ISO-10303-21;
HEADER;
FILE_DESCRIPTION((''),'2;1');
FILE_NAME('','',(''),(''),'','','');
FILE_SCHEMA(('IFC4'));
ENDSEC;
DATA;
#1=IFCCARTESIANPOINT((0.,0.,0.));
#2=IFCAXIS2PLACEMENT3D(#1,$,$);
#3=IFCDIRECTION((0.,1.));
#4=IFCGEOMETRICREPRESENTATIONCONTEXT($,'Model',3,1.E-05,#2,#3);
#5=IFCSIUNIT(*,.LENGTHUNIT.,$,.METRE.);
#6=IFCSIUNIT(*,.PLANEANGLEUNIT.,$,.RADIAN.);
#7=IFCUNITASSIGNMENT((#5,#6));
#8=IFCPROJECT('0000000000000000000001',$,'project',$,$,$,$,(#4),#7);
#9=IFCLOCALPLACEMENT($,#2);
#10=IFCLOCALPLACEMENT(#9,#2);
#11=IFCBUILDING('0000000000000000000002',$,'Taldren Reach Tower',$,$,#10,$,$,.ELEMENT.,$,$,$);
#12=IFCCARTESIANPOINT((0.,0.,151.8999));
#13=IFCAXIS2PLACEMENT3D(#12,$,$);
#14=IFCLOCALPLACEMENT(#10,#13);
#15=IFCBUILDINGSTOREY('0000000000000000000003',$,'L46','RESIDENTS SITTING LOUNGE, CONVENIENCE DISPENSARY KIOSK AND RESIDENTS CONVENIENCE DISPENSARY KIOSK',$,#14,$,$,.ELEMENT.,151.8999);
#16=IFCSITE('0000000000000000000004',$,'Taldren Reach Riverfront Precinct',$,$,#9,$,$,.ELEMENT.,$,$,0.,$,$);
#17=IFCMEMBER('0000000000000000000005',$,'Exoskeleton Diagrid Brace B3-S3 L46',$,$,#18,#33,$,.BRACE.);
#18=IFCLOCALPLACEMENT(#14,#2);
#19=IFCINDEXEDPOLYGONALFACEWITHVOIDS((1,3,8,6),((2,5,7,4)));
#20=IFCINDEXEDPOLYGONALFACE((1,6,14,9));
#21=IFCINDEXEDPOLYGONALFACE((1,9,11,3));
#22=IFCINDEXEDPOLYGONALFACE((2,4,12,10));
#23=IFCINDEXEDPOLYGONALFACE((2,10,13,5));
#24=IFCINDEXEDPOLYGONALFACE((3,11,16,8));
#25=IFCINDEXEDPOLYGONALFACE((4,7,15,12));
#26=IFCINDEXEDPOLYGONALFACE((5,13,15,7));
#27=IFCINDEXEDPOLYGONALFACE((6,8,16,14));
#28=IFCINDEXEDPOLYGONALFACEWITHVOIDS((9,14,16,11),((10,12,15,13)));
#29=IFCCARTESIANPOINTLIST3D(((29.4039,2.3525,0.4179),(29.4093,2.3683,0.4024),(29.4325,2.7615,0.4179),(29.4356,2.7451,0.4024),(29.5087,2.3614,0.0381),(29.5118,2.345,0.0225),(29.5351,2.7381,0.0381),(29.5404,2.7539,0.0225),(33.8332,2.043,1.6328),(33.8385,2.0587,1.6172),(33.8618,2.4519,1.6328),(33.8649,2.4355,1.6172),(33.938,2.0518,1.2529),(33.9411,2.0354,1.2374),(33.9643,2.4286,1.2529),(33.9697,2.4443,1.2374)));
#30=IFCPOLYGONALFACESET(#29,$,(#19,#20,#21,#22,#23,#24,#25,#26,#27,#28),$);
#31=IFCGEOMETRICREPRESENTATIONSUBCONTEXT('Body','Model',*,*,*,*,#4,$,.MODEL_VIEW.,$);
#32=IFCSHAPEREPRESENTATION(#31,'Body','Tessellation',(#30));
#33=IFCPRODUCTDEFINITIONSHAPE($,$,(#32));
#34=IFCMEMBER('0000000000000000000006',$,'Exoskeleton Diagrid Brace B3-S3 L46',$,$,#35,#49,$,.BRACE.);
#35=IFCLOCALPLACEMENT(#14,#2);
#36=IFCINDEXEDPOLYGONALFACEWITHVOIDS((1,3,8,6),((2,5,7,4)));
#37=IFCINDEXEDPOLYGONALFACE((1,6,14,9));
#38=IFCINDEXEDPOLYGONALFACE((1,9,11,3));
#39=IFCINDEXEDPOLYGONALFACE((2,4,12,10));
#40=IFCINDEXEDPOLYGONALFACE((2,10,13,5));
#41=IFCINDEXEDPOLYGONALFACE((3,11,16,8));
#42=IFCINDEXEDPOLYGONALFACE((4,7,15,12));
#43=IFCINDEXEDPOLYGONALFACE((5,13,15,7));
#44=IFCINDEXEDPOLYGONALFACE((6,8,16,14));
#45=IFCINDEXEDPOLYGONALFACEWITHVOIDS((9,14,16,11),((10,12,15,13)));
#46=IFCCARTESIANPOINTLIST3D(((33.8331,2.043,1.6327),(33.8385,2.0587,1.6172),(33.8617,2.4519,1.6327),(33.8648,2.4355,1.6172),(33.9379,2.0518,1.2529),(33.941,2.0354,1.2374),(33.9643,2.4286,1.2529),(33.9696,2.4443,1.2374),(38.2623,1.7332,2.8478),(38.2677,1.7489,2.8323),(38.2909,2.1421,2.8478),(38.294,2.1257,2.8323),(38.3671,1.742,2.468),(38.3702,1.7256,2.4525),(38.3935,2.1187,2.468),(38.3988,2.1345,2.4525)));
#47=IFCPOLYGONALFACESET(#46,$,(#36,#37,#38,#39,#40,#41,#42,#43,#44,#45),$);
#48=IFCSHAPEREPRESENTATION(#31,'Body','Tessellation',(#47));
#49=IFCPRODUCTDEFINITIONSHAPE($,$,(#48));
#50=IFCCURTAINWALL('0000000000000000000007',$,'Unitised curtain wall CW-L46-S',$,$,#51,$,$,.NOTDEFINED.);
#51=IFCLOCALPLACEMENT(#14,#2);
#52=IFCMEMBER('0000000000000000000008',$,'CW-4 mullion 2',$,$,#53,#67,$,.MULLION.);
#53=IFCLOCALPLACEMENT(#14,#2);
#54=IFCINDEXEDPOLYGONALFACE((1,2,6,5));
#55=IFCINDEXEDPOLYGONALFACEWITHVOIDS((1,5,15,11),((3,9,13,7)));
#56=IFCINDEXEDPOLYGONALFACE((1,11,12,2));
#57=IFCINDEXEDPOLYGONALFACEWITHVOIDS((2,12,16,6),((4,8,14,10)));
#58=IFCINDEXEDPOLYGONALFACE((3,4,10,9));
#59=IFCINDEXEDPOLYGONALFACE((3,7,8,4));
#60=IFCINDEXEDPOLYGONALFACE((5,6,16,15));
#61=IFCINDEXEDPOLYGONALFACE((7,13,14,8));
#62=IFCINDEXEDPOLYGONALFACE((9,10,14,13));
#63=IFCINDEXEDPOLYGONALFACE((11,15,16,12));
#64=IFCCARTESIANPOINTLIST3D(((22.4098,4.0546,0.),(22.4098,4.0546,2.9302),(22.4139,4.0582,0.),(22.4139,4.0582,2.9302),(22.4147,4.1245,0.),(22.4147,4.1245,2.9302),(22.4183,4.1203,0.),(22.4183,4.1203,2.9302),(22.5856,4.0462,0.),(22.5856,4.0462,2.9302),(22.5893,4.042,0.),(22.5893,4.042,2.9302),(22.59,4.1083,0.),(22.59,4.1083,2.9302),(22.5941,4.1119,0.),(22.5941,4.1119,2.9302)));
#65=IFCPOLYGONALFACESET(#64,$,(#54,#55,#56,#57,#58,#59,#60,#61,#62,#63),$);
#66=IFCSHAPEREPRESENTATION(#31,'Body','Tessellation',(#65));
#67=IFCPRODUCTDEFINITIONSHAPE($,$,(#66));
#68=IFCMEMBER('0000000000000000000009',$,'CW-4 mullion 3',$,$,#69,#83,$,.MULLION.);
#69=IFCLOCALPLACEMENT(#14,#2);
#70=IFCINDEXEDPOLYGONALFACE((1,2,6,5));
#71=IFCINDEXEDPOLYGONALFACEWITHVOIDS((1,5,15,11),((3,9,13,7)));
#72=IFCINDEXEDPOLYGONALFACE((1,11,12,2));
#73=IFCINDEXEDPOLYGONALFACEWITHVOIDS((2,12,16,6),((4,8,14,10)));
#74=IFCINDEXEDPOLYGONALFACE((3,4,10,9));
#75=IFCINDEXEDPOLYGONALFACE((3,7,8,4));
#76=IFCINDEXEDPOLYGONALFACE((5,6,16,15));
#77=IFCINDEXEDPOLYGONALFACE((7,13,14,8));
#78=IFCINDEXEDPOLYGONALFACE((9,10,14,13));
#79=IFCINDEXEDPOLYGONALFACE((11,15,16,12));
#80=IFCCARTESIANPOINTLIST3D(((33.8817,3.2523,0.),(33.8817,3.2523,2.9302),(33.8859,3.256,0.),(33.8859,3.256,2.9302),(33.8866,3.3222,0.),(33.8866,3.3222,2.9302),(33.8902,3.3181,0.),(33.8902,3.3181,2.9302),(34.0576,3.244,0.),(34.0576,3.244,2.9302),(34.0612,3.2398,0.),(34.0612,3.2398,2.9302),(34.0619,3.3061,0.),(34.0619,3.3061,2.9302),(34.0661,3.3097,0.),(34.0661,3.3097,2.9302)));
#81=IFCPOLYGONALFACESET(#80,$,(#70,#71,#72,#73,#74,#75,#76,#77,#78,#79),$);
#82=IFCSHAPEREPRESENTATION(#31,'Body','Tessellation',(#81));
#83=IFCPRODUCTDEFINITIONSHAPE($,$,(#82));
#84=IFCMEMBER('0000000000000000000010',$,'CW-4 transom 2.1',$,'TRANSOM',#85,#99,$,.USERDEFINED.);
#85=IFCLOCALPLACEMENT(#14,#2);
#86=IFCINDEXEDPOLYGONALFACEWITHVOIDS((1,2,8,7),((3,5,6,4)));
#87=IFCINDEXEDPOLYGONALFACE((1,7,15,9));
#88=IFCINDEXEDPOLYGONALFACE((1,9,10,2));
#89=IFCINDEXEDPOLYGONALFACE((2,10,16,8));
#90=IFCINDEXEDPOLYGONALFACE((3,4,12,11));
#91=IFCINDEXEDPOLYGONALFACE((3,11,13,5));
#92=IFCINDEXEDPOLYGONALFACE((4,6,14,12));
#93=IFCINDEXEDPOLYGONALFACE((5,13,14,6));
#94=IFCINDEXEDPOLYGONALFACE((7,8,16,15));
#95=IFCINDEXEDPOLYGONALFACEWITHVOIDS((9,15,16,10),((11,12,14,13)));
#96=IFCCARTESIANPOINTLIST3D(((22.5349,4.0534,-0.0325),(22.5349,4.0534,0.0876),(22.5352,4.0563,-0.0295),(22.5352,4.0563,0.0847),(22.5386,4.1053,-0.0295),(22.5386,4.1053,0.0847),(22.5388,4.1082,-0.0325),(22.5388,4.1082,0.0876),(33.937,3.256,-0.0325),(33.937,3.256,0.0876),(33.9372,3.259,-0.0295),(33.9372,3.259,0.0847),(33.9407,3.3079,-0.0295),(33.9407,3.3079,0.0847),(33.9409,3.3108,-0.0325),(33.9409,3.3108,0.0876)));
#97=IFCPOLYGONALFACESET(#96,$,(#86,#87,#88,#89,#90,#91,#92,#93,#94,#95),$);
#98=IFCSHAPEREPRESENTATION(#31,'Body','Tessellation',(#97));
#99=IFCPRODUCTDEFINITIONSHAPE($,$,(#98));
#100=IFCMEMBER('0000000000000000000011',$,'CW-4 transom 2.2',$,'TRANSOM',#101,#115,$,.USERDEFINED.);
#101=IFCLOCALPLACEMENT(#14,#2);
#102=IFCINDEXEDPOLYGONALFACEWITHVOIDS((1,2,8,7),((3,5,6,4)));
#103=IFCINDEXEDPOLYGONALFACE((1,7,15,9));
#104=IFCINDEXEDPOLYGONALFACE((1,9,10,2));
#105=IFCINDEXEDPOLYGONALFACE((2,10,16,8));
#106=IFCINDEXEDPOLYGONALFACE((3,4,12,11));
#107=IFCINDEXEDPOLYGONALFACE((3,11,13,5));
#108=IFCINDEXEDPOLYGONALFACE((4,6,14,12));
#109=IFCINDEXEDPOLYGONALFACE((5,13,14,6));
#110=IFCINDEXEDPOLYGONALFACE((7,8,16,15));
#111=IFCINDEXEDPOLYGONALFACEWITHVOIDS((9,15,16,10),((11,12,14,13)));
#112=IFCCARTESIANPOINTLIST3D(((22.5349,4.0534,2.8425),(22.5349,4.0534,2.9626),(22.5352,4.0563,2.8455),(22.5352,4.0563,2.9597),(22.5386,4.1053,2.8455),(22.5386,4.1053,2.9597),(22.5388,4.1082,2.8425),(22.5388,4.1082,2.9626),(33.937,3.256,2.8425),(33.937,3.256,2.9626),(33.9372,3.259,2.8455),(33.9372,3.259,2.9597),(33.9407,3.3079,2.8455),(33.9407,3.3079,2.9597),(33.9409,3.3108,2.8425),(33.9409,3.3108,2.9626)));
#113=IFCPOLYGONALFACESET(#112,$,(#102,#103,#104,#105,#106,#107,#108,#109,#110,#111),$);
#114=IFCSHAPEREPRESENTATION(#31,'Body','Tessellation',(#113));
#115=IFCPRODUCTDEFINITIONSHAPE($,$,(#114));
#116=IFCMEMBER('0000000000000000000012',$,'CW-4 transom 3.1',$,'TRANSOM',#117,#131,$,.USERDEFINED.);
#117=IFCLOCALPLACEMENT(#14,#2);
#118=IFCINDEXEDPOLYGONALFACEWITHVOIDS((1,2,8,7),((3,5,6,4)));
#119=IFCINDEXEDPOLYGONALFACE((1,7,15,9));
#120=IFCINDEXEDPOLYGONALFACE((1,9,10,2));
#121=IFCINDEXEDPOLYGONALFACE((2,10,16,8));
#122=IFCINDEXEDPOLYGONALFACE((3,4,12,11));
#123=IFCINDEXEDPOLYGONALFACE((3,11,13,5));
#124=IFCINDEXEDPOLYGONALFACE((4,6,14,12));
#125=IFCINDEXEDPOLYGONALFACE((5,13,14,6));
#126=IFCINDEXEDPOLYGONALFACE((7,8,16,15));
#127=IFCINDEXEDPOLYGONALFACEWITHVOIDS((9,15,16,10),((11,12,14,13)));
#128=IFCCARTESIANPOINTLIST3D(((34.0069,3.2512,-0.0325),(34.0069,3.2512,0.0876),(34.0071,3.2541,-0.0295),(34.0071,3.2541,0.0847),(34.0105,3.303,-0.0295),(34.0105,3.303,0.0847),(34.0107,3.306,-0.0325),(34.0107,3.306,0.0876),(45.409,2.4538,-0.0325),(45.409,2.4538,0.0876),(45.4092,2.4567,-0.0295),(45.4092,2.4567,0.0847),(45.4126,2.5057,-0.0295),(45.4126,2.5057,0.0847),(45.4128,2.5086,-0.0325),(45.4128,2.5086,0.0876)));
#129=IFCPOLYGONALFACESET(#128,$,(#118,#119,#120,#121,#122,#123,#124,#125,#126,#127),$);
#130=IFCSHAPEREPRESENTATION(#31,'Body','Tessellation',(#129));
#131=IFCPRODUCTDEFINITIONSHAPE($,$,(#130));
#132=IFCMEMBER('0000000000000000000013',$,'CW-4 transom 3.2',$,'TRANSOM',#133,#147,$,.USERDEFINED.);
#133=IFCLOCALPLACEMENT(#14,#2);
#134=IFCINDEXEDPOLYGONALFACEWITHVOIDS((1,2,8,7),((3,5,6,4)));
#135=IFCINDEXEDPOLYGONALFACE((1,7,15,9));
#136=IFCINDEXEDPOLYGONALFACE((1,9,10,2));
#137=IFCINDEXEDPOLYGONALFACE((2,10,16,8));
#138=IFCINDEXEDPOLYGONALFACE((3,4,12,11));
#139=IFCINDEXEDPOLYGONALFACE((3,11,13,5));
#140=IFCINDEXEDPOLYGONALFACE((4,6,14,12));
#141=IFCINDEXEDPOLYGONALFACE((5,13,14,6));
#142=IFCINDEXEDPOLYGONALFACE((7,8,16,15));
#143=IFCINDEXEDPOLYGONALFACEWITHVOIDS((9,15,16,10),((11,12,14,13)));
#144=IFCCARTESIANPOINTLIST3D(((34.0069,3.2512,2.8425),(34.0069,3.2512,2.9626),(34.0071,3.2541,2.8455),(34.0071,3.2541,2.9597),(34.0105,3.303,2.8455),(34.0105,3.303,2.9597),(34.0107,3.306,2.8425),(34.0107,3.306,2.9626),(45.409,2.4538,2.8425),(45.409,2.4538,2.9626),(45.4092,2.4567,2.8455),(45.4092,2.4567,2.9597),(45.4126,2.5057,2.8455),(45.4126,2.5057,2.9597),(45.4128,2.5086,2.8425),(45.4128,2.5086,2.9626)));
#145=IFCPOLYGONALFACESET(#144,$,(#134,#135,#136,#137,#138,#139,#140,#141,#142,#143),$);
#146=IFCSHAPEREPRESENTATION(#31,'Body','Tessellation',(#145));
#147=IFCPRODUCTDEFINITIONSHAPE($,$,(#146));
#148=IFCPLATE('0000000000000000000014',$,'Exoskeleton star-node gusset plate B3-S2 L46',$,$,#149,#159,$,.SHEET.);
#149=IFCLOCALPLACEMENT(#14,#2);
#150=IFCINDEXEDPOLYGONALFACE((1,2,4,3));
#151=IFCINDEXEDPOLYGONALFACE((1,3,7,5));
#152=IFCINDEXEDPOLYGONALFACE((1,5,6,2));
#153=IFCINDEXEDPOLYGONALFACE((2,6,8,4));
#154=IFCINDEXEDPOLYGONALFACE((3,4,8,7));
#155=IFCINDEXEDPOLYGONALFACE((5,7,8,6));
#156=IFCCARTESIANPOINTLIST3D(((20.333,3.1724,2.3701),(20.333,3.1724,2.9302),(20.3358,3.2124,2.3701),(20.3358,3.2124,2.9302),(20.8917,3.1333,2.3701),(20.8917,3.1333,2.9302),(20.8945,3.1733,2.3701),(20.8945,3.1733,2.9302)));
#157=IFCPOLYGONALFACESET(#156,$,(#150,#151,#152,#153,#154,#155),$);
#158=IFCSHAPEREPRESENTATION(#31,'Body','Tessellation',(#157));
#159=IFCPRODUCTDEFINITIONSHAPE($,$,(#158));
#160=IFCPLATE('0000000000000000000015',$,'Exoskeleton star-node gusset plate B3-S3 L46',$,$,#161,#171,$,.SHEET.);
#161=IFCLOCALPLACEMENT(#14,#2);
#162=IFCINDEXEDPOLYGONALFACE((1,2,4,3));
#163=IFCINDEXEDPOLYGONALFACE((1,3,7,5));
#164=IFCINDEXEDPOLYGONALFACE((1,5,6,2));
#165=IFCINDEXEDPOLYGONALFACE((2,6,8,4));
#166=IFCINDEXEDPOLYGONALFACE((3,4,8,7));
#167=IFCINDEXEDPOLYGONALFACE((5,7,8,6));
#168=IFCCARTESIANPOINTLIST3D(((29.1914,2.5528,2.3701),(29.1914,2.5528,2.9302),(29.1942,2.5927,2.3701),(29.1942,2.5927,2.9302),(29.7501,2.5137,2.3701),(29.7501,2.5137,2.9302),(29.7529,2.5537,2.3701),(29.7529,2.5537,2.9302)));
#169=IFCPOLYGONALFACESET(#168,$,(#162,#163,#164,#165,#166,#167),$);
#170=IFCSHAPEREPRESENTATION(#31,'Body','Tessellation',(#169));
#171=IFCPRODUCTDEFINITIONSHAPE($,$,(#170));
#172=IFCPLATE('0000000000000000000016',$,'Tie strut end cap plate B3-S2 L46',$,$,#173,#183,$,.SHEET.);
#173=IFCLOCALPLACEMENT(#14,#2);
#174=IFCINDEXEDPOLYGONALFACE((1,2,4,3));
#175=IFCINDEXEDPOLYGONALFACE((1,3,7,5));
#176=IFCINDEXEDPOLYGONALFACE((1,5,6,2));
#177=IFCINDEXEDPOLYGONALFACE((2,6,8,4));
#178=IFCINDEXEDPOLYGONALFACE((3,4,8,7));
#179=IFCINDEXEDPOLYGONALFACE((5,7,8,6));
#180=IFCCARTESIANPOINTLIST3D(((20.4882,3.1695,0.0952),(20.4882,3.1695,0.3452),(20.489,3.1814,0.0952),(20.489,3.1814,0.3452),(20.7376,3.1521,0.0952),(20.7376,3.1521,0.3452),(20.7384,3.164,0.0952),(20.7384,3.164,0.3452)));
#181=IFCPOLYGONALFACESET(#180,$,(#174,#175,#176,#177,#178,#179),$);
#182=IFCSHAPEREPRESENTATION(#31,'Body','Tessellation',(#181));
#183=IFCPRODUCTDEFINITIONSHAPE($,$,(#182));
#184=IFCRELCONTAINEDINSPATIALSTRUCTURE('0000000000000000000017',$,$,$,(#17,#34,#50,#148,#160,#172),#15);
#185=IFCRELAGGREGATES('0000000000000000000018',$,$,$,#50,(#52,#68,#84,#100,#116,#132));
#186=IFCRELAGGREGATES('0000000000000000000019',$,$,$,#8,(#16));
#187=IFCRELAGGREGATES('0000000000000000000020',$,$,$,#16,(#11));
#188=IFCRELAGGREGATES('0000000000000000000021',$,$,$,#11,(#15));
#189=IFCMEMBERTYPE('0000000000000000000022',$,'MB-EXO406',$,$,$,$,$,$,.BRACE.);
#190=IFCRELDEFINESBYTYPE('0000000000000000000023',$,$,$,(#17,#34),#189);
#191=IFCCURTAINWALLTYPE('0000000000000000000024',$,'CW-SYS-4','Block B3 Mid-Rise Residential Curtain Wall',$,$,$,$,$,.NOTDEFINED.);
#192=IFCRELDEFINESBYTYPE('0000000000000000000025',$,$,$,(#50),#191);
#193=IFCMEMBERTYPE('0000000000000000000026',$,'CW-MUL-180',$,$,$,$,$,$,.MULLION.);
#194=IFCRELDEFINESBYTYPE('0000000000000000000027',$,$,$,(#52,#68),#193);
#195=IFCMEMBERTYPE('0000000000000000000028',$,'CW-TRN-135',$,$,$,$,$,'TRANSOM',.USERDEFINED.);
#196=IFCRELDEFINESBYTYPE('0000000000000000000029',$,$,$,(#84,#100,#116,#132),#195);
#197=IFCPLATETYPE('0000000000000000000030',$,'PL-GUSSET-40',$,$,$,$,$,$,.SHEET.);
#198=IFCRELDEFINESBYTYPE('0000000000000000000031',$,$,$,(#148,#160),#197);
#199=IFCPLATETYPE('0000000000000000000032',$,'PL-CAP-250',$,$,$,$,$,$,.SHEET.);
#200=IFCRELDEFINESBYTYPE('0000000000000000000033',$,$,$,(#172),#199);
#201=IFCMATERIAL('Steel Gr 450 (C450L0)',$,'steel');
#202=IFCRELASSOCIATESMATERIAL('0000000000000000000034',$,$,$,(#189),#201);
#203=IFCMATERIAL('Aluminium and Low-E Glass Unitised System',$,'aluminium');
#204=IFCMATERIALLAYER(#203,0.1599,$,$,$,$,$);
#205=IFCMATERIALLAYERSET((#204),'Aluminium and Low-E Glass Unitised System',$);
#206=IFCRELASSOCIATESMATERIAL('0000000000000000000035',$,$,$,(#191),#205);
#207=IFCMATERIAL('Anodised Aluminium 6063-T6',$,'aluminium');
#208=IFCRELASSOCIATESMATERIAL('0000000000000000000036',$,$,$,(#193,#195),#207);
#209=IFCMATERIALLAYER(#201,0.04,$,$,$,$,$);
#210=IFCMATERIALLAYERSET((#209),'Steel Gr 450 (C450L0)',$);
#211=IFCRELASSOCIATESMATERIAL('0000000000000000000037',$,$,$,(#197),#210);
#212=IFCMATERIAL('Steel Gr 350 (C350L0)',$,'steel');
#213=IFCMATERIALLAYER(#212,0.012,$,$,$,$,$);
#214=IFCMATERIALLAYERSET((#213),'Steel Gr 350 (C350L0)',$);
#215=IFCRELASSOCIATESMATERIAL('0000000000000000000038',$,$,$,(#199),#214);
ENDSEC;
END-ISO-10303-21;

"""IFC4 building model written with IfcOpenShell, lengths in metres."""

from ifc_helpers import new_model, si_unit, direction, frame, origin, origin_2d, place, context, subcontext, project, spatial, rectangle, hollow_rectangle, extrude, source, transform, mapped, material, layer, layer_set, material_profile, profile_set, type_object, element, aggregate, save


model = new_model("IFC4")

# Units and contexts
model_context = context("Model", 3, precision=1e-05, world=origin(), true_north=direction((0.0, 1.0)))
body_context = subcontext(model_context, "Body", "Model", "MODEL_VIEW")
ifc_project = project(units=[si_unit("LENGTHUNIT", "METRE"), si_unit("PLANEANGLEUNIT", "RADIAN")], contexts=[model_context])

# Site, building, storey
site_placement = place(None, origin())
site = spatial("IfcSite", under=ifc_project, at=site_placement, Name="Taldren Reach Riverfront Precinct", CompositionType="ELEMENT", RefElevation=0.0)
building_placement = place(site_placement, origin())
building = spatial("IfcBuilding", under=site, at=building_placement, Name="Taldren Reach Tower", CompositionType="ELEMENT")
storey_placement = place(building_placement, frame((0.0, 0.0, 151.8999)))
storey = spatial("IfcBuildingStorey", under=building, at=storey_placement, Name="L46", Description="RESIDENTS SITTING LOUNGE, CONVENIENCE DISPENSARY KIOSK AND RESIDENTS CONVENIENCE DISPENSARY KIOSK", CompositionType="ELEMENT", Elevation=151.8999)

# Shared definitions
ifc_material_1 = material(Name="Steel Gr 450 (C450L0)", Category="steel")
ifc_material_2 = material(Name="Steel Gr 350 (C350L0)", Category="steel")

# Members
ifc_material_profile_1 = material_profile(ifc_material_1, hollow_rectangle(XDim=0.4099, YDim=0.4099, WallThickness=0.0161, at=origin_2d()), Name="410x410x16.0SHS")
ifc_profile_set_1 = profile_set([ifc_material_profile_1], Name="Steel Gr 450 (C450L0)")
member_type_1 = type_object("IfcMemberType", Name="MB-EXO406", PredefinedType="BRACE", material=ifc_profile_set_1)
shared_shape_1 = source(origin(), body_context, "Body", "SweptSolid", [
    extrude(hollow_rectangle(XDim=0.4099, YDim=0.4099, WallThickness=0.0161, at=origin_2d()), origin(), (0.0, 0.0, 1.0), 4.6033),
])
for number, where, z_axis, x_axis, name in (
    (1, (29.4722, 2.5532, 0.2202), (0.962199, -0.067251, 0.263913), (0.069723, 0.997566, 0.0), "Exoskeleton Diagrid Brace B3-S3 L46"),
    (2, (33.9014, 2.2437, 1.4351), (0.962182, -0.067303, 0.263961), (0.069778, 0.997563, 0.0), "Exoskeleton Diagrid Brace B3-S3 L46"),
):
    element("IfcMember", number, at=place(storey_placement, frame(where, z_axis=z_axis, x_axis=x_axis)), inside=storey, type_object=member_type_1, Name=name, PredefinedType="BRACE", context=body_context, shape_type="MappedRepresentation", body=[
        mapped(shared_shape_1, transform((0.0, 0.0, 0.0), scale=1.0)),
    ])

# Curtain wall, members
ifc_material_3 = material(Name="Aluminium and Low-E Glass Unitised System", Category="aluminium")
ifc_layer_1 = layer(ifc_material_3, 0.1599)
ifc_layer_set_1 = layer_set([ifc_layer_1], Name="Aluminium and Low-E Glass Unitised System")
curtain_wall_type = type_object("IfcCurtainWallType", Name="CW-SYS-4", Description="Block B3 Mid-Rise Residential Curtain Wall", PredefinedType="NOTDEFINED", material=ifc_layer_set_1)
curtain_wall_placement = place(storey_placement, origin())
curtain_wall = element("IfcCurtainWall", 3, at=curtain_wall_placement, inside=storey, type_object=curtain_wall_type, Name="Unitised curtain wall CW-L46-S", PredefinedType="NOTDEFINED")
ifc_material_4 = material(Name="Anodised Aluminium 6063-T6", Category="aluminium")
ifc_material_profile_2 = material_profile(ifc_material_4, hollow_rectangle(XDim=0.0701, YDim=0.1799, WallThickness=0.0039, at=origin_2d()), Name="ALU-180x70x4RHS")
ifc_profile_set_2 = profile_set([ifc_material_profile_2], Name="Anodised Aluminium 6063-T6")
member_type_2 = type_object("IfcMemberType", Name="CW-MUL-180", PredefinedType="MULLION", material=ifc_profile_set_2)
shared_shape_2 = source(origin(), body_context, "Body", "SweptSolid", [
    extrude(hollow_rectangle(XDim=0.0701, YDim=0.1799, WallThickness=0.0039, at=origin_2d()), origin(), (0.0, 0.0, 1.0), 2.9302),
])
member_1_placement = place(storey_placement, frame((22.502, 4.0833, 0.0), z_axis=(0.0, 0.0, 1.0), x_axis=(0.069757, 0.997564, 0.0)))
member_1 = element("IfcMember", 4, at=member_1_placement, type_object=member_type_2, Name="CW-4 mullion 2", PredefinedType="MULLION", context=body_context, shape_type="MappedRepresentation", body=[
    mapped(shared_shape_2, transform((0.0, 0.0, 0.0), scale=1.0)),
])
member_2_placement = place(storey_placement, frame((33.9739, 3.281, 0.0), z_axis=(0.0, 0.0, 1.0), x_axis=(0.069757, 0.997564, 0.0)))
member_2 = element("IfcMember", 5, at=member_2_placement, type_object=member_type_2, Name="CW-4 mullion 3", PredefinedType="MULLION", context=body_context, shape_type="MappedRepresentation", body=[
    mapped(shared_shape_2, transform((0.0, 0.0, 0.0), scale=1.0)),
])
ifc_material_profile_3 = material_profile(ifc_material_4, hollow_rectangle(XDim=0.0549, YDim=0.1201, WallThickness=0.0029, at=origin_2d()), Name="ALU-120x55x3RHS")
ifc_profile_set_3 = profile_set([ifc_material_profile_3], Name="Anodised Aluminium 6063-T6")
member_type_3 = type_object("IfcMemberType", Name="CW-TRN-135", ElementType="TRANSOM", PredefinedType="USERDEFINED", material=ifc_profile_set_3)
shared_shape_3 = source(origin(), body_context, "Body", "SweptSolid", [
    extrude(hollow_rectangle(XDim=0.0549, YDim=0.1201, WallThickness=0.0029, at=origin_2d()), origin(), (0.0, 0.0, 1.0), 11.4299),
])
member_3_placement = place(storey_placement, frame((22.5369, 4.0808, 0.0276), z_axis=(0.997564, -0.069761, 0.0), x_axis=(0.069761, 0.997564, 0.0)))
member_3 = element("IfcMember", 6, at=member_3_placement, type_object=member_type_3, Name="CW-4 transom 2.1", ObjectType="TRANSOM", PredefinedType="USERDEFINED", context=body_context, shape_type="MappedRepresentation", body=[
    mapped(shared_shape_3, transform((0.0, 0.0, 0.0), scale=1.0)),
])
member_4_placement = place(storey_placement, frame((22.5369, 4.0808, 2.9026), z_axis=(0.997564, -0.069761, 0.0), x_axis=(0.069761, 0.997564, 0.0)))
member_4 = element("IfcMember", 7, at=member_4_placement, type_object=member_type_3, Name="CW-4 transom 2.2", ObjectType="TRANSOM", PredefinedType="USERDEFINED", context=body_context, shape_type="MappedRepresentation", body=[
    mapped(shared_shape_3, transform((0.0, 0.0, 0.0), scale=1.0)),
])
member_5_placement = place(storey_placement, frame((34.0088, 3.2786, 0.0276), z_axis=(0.997564, -0.069761, 0.0), x_axis=(0.069761, 0.997564, 0.0)))
member_5 = element("IfcMember", 8, at=member_5_placement, type_object=member_type_3, Name="CW-4 transom 3.1", ObjectType="TRANSOM", PredefinedType="USERDEFINED", context=body_context, shape_type="MappedRepresentation", body=[
    mapped(shared_shape_3, transform((0.0, 0.0, 0.0), scale=1.0)),
])
member_6_placement = place(storey_placement, frame((34.0088, 3.2786, 2.9026), z_axis=(0.997564, -0.069761, 0.0), x_axis=(0.069761, 0.997564, 0.0)))
member_6 = element("IfcMember", 9, at=member_6_placement, type_object=member_type_3, Name="CW-4 transom 3.2", ObjectType="TRANSOM", PredefinedType="USERDEFINED", context=body_context, shape_type="MappedRepresentation", body=[
    mapped(shared_shape_3, transform((0.0, 0.0, 0.0), scale=1.0)),
])

# Plates
ifc_layer_2 = layer(ifc_material_1, 0.04)
ifc_layer_set_2 = layer_set([ifc_layer_2], Name="Steel Gr 450 (C450L0)")
plate_type_1 = type_object("IfcPlateType", Name="PL-GUSSET-40", PredefinedType="SHEET", material=ifc_layer_set_2)
shared_shape_4 = source(origin(), body_context, "Body", "SweptSolid", [
    extrude(rectangle(XDim=0.5601, YDim=0.04, at=origin_2d()), origin(), (0.0, 0.0, 1.0), 0.5601),
])
for number, where, z_axis, x_axis, name in (
    (10, (20.6138, 3.1729, 2.3701), (0.0, 0.0, 1.0), (0.997564, -0.069756, 0.0), "Exoskeleton star-node gusset plate B3-S2 L46"),
    (11, (29.4722, 2.5532, 2.3701), (0.0, 0.0, 1.0), (0.997564, -0.069756, 0.0), "Exoskeleton star-node gusset plate B3-S3 L46"),
):
    element("IfcPlate", number, at=place(storey_placement, frame(where, z_axis=z_axis, x_axis=x_axis)), inside=storey, type_object=plate_type_1, Name=name, PredefinedType="SHEET", context=body_context, shape_type="MappedRepresentation", body=[
        mapped(shared_shape_4, transform((0.0, 0.0, 0.0), scale=1.0)),
    ])
ifc_layer_3 = layer(ifc_material_2, 0.012)
ifc_layer_set_3 = layer_set([ifc_layer_3], Name="Steel Gr 350 (C350L0)")
plate_type_2 = type_object("IfcPlateType", Name="PL-CAP-250", PredefinedType="SHEET", material=ifc_layer_set_3)
shared_shape_5 = source(origin(), body_context, "Body", "SweptSolid", [
    extrude(rectangle(XDim=0.25, YDim=0.012, at=origin_2d()), origin(), (0.0, 0.0, 1.0), 0.25),
])
plate_1_placement = place(storey_placement, frame((20.6133, 3.1667, 0.0952), z_axis=(0.0, 0.0, 1.0), x_axis=(0.997564, -0.069756, 0.0)))
element("IfcPlate", 12, at=plate_1_placement, inside=storey, type_object=plate_type_2, Name="Tie strut end cap plate B3-S2 L46", PredefinedType="SHEET", context=body_context, shape_type="MappedRepresentation", body=[
    mapped(shared_shape_5, transform((0.0, 0.0, 0.0), scale=1.0)),
])

aggregate(curtain_wall, [member_1, member_2, member_3, member_4, member_5, member_6])

save(model, "model.ifc")
